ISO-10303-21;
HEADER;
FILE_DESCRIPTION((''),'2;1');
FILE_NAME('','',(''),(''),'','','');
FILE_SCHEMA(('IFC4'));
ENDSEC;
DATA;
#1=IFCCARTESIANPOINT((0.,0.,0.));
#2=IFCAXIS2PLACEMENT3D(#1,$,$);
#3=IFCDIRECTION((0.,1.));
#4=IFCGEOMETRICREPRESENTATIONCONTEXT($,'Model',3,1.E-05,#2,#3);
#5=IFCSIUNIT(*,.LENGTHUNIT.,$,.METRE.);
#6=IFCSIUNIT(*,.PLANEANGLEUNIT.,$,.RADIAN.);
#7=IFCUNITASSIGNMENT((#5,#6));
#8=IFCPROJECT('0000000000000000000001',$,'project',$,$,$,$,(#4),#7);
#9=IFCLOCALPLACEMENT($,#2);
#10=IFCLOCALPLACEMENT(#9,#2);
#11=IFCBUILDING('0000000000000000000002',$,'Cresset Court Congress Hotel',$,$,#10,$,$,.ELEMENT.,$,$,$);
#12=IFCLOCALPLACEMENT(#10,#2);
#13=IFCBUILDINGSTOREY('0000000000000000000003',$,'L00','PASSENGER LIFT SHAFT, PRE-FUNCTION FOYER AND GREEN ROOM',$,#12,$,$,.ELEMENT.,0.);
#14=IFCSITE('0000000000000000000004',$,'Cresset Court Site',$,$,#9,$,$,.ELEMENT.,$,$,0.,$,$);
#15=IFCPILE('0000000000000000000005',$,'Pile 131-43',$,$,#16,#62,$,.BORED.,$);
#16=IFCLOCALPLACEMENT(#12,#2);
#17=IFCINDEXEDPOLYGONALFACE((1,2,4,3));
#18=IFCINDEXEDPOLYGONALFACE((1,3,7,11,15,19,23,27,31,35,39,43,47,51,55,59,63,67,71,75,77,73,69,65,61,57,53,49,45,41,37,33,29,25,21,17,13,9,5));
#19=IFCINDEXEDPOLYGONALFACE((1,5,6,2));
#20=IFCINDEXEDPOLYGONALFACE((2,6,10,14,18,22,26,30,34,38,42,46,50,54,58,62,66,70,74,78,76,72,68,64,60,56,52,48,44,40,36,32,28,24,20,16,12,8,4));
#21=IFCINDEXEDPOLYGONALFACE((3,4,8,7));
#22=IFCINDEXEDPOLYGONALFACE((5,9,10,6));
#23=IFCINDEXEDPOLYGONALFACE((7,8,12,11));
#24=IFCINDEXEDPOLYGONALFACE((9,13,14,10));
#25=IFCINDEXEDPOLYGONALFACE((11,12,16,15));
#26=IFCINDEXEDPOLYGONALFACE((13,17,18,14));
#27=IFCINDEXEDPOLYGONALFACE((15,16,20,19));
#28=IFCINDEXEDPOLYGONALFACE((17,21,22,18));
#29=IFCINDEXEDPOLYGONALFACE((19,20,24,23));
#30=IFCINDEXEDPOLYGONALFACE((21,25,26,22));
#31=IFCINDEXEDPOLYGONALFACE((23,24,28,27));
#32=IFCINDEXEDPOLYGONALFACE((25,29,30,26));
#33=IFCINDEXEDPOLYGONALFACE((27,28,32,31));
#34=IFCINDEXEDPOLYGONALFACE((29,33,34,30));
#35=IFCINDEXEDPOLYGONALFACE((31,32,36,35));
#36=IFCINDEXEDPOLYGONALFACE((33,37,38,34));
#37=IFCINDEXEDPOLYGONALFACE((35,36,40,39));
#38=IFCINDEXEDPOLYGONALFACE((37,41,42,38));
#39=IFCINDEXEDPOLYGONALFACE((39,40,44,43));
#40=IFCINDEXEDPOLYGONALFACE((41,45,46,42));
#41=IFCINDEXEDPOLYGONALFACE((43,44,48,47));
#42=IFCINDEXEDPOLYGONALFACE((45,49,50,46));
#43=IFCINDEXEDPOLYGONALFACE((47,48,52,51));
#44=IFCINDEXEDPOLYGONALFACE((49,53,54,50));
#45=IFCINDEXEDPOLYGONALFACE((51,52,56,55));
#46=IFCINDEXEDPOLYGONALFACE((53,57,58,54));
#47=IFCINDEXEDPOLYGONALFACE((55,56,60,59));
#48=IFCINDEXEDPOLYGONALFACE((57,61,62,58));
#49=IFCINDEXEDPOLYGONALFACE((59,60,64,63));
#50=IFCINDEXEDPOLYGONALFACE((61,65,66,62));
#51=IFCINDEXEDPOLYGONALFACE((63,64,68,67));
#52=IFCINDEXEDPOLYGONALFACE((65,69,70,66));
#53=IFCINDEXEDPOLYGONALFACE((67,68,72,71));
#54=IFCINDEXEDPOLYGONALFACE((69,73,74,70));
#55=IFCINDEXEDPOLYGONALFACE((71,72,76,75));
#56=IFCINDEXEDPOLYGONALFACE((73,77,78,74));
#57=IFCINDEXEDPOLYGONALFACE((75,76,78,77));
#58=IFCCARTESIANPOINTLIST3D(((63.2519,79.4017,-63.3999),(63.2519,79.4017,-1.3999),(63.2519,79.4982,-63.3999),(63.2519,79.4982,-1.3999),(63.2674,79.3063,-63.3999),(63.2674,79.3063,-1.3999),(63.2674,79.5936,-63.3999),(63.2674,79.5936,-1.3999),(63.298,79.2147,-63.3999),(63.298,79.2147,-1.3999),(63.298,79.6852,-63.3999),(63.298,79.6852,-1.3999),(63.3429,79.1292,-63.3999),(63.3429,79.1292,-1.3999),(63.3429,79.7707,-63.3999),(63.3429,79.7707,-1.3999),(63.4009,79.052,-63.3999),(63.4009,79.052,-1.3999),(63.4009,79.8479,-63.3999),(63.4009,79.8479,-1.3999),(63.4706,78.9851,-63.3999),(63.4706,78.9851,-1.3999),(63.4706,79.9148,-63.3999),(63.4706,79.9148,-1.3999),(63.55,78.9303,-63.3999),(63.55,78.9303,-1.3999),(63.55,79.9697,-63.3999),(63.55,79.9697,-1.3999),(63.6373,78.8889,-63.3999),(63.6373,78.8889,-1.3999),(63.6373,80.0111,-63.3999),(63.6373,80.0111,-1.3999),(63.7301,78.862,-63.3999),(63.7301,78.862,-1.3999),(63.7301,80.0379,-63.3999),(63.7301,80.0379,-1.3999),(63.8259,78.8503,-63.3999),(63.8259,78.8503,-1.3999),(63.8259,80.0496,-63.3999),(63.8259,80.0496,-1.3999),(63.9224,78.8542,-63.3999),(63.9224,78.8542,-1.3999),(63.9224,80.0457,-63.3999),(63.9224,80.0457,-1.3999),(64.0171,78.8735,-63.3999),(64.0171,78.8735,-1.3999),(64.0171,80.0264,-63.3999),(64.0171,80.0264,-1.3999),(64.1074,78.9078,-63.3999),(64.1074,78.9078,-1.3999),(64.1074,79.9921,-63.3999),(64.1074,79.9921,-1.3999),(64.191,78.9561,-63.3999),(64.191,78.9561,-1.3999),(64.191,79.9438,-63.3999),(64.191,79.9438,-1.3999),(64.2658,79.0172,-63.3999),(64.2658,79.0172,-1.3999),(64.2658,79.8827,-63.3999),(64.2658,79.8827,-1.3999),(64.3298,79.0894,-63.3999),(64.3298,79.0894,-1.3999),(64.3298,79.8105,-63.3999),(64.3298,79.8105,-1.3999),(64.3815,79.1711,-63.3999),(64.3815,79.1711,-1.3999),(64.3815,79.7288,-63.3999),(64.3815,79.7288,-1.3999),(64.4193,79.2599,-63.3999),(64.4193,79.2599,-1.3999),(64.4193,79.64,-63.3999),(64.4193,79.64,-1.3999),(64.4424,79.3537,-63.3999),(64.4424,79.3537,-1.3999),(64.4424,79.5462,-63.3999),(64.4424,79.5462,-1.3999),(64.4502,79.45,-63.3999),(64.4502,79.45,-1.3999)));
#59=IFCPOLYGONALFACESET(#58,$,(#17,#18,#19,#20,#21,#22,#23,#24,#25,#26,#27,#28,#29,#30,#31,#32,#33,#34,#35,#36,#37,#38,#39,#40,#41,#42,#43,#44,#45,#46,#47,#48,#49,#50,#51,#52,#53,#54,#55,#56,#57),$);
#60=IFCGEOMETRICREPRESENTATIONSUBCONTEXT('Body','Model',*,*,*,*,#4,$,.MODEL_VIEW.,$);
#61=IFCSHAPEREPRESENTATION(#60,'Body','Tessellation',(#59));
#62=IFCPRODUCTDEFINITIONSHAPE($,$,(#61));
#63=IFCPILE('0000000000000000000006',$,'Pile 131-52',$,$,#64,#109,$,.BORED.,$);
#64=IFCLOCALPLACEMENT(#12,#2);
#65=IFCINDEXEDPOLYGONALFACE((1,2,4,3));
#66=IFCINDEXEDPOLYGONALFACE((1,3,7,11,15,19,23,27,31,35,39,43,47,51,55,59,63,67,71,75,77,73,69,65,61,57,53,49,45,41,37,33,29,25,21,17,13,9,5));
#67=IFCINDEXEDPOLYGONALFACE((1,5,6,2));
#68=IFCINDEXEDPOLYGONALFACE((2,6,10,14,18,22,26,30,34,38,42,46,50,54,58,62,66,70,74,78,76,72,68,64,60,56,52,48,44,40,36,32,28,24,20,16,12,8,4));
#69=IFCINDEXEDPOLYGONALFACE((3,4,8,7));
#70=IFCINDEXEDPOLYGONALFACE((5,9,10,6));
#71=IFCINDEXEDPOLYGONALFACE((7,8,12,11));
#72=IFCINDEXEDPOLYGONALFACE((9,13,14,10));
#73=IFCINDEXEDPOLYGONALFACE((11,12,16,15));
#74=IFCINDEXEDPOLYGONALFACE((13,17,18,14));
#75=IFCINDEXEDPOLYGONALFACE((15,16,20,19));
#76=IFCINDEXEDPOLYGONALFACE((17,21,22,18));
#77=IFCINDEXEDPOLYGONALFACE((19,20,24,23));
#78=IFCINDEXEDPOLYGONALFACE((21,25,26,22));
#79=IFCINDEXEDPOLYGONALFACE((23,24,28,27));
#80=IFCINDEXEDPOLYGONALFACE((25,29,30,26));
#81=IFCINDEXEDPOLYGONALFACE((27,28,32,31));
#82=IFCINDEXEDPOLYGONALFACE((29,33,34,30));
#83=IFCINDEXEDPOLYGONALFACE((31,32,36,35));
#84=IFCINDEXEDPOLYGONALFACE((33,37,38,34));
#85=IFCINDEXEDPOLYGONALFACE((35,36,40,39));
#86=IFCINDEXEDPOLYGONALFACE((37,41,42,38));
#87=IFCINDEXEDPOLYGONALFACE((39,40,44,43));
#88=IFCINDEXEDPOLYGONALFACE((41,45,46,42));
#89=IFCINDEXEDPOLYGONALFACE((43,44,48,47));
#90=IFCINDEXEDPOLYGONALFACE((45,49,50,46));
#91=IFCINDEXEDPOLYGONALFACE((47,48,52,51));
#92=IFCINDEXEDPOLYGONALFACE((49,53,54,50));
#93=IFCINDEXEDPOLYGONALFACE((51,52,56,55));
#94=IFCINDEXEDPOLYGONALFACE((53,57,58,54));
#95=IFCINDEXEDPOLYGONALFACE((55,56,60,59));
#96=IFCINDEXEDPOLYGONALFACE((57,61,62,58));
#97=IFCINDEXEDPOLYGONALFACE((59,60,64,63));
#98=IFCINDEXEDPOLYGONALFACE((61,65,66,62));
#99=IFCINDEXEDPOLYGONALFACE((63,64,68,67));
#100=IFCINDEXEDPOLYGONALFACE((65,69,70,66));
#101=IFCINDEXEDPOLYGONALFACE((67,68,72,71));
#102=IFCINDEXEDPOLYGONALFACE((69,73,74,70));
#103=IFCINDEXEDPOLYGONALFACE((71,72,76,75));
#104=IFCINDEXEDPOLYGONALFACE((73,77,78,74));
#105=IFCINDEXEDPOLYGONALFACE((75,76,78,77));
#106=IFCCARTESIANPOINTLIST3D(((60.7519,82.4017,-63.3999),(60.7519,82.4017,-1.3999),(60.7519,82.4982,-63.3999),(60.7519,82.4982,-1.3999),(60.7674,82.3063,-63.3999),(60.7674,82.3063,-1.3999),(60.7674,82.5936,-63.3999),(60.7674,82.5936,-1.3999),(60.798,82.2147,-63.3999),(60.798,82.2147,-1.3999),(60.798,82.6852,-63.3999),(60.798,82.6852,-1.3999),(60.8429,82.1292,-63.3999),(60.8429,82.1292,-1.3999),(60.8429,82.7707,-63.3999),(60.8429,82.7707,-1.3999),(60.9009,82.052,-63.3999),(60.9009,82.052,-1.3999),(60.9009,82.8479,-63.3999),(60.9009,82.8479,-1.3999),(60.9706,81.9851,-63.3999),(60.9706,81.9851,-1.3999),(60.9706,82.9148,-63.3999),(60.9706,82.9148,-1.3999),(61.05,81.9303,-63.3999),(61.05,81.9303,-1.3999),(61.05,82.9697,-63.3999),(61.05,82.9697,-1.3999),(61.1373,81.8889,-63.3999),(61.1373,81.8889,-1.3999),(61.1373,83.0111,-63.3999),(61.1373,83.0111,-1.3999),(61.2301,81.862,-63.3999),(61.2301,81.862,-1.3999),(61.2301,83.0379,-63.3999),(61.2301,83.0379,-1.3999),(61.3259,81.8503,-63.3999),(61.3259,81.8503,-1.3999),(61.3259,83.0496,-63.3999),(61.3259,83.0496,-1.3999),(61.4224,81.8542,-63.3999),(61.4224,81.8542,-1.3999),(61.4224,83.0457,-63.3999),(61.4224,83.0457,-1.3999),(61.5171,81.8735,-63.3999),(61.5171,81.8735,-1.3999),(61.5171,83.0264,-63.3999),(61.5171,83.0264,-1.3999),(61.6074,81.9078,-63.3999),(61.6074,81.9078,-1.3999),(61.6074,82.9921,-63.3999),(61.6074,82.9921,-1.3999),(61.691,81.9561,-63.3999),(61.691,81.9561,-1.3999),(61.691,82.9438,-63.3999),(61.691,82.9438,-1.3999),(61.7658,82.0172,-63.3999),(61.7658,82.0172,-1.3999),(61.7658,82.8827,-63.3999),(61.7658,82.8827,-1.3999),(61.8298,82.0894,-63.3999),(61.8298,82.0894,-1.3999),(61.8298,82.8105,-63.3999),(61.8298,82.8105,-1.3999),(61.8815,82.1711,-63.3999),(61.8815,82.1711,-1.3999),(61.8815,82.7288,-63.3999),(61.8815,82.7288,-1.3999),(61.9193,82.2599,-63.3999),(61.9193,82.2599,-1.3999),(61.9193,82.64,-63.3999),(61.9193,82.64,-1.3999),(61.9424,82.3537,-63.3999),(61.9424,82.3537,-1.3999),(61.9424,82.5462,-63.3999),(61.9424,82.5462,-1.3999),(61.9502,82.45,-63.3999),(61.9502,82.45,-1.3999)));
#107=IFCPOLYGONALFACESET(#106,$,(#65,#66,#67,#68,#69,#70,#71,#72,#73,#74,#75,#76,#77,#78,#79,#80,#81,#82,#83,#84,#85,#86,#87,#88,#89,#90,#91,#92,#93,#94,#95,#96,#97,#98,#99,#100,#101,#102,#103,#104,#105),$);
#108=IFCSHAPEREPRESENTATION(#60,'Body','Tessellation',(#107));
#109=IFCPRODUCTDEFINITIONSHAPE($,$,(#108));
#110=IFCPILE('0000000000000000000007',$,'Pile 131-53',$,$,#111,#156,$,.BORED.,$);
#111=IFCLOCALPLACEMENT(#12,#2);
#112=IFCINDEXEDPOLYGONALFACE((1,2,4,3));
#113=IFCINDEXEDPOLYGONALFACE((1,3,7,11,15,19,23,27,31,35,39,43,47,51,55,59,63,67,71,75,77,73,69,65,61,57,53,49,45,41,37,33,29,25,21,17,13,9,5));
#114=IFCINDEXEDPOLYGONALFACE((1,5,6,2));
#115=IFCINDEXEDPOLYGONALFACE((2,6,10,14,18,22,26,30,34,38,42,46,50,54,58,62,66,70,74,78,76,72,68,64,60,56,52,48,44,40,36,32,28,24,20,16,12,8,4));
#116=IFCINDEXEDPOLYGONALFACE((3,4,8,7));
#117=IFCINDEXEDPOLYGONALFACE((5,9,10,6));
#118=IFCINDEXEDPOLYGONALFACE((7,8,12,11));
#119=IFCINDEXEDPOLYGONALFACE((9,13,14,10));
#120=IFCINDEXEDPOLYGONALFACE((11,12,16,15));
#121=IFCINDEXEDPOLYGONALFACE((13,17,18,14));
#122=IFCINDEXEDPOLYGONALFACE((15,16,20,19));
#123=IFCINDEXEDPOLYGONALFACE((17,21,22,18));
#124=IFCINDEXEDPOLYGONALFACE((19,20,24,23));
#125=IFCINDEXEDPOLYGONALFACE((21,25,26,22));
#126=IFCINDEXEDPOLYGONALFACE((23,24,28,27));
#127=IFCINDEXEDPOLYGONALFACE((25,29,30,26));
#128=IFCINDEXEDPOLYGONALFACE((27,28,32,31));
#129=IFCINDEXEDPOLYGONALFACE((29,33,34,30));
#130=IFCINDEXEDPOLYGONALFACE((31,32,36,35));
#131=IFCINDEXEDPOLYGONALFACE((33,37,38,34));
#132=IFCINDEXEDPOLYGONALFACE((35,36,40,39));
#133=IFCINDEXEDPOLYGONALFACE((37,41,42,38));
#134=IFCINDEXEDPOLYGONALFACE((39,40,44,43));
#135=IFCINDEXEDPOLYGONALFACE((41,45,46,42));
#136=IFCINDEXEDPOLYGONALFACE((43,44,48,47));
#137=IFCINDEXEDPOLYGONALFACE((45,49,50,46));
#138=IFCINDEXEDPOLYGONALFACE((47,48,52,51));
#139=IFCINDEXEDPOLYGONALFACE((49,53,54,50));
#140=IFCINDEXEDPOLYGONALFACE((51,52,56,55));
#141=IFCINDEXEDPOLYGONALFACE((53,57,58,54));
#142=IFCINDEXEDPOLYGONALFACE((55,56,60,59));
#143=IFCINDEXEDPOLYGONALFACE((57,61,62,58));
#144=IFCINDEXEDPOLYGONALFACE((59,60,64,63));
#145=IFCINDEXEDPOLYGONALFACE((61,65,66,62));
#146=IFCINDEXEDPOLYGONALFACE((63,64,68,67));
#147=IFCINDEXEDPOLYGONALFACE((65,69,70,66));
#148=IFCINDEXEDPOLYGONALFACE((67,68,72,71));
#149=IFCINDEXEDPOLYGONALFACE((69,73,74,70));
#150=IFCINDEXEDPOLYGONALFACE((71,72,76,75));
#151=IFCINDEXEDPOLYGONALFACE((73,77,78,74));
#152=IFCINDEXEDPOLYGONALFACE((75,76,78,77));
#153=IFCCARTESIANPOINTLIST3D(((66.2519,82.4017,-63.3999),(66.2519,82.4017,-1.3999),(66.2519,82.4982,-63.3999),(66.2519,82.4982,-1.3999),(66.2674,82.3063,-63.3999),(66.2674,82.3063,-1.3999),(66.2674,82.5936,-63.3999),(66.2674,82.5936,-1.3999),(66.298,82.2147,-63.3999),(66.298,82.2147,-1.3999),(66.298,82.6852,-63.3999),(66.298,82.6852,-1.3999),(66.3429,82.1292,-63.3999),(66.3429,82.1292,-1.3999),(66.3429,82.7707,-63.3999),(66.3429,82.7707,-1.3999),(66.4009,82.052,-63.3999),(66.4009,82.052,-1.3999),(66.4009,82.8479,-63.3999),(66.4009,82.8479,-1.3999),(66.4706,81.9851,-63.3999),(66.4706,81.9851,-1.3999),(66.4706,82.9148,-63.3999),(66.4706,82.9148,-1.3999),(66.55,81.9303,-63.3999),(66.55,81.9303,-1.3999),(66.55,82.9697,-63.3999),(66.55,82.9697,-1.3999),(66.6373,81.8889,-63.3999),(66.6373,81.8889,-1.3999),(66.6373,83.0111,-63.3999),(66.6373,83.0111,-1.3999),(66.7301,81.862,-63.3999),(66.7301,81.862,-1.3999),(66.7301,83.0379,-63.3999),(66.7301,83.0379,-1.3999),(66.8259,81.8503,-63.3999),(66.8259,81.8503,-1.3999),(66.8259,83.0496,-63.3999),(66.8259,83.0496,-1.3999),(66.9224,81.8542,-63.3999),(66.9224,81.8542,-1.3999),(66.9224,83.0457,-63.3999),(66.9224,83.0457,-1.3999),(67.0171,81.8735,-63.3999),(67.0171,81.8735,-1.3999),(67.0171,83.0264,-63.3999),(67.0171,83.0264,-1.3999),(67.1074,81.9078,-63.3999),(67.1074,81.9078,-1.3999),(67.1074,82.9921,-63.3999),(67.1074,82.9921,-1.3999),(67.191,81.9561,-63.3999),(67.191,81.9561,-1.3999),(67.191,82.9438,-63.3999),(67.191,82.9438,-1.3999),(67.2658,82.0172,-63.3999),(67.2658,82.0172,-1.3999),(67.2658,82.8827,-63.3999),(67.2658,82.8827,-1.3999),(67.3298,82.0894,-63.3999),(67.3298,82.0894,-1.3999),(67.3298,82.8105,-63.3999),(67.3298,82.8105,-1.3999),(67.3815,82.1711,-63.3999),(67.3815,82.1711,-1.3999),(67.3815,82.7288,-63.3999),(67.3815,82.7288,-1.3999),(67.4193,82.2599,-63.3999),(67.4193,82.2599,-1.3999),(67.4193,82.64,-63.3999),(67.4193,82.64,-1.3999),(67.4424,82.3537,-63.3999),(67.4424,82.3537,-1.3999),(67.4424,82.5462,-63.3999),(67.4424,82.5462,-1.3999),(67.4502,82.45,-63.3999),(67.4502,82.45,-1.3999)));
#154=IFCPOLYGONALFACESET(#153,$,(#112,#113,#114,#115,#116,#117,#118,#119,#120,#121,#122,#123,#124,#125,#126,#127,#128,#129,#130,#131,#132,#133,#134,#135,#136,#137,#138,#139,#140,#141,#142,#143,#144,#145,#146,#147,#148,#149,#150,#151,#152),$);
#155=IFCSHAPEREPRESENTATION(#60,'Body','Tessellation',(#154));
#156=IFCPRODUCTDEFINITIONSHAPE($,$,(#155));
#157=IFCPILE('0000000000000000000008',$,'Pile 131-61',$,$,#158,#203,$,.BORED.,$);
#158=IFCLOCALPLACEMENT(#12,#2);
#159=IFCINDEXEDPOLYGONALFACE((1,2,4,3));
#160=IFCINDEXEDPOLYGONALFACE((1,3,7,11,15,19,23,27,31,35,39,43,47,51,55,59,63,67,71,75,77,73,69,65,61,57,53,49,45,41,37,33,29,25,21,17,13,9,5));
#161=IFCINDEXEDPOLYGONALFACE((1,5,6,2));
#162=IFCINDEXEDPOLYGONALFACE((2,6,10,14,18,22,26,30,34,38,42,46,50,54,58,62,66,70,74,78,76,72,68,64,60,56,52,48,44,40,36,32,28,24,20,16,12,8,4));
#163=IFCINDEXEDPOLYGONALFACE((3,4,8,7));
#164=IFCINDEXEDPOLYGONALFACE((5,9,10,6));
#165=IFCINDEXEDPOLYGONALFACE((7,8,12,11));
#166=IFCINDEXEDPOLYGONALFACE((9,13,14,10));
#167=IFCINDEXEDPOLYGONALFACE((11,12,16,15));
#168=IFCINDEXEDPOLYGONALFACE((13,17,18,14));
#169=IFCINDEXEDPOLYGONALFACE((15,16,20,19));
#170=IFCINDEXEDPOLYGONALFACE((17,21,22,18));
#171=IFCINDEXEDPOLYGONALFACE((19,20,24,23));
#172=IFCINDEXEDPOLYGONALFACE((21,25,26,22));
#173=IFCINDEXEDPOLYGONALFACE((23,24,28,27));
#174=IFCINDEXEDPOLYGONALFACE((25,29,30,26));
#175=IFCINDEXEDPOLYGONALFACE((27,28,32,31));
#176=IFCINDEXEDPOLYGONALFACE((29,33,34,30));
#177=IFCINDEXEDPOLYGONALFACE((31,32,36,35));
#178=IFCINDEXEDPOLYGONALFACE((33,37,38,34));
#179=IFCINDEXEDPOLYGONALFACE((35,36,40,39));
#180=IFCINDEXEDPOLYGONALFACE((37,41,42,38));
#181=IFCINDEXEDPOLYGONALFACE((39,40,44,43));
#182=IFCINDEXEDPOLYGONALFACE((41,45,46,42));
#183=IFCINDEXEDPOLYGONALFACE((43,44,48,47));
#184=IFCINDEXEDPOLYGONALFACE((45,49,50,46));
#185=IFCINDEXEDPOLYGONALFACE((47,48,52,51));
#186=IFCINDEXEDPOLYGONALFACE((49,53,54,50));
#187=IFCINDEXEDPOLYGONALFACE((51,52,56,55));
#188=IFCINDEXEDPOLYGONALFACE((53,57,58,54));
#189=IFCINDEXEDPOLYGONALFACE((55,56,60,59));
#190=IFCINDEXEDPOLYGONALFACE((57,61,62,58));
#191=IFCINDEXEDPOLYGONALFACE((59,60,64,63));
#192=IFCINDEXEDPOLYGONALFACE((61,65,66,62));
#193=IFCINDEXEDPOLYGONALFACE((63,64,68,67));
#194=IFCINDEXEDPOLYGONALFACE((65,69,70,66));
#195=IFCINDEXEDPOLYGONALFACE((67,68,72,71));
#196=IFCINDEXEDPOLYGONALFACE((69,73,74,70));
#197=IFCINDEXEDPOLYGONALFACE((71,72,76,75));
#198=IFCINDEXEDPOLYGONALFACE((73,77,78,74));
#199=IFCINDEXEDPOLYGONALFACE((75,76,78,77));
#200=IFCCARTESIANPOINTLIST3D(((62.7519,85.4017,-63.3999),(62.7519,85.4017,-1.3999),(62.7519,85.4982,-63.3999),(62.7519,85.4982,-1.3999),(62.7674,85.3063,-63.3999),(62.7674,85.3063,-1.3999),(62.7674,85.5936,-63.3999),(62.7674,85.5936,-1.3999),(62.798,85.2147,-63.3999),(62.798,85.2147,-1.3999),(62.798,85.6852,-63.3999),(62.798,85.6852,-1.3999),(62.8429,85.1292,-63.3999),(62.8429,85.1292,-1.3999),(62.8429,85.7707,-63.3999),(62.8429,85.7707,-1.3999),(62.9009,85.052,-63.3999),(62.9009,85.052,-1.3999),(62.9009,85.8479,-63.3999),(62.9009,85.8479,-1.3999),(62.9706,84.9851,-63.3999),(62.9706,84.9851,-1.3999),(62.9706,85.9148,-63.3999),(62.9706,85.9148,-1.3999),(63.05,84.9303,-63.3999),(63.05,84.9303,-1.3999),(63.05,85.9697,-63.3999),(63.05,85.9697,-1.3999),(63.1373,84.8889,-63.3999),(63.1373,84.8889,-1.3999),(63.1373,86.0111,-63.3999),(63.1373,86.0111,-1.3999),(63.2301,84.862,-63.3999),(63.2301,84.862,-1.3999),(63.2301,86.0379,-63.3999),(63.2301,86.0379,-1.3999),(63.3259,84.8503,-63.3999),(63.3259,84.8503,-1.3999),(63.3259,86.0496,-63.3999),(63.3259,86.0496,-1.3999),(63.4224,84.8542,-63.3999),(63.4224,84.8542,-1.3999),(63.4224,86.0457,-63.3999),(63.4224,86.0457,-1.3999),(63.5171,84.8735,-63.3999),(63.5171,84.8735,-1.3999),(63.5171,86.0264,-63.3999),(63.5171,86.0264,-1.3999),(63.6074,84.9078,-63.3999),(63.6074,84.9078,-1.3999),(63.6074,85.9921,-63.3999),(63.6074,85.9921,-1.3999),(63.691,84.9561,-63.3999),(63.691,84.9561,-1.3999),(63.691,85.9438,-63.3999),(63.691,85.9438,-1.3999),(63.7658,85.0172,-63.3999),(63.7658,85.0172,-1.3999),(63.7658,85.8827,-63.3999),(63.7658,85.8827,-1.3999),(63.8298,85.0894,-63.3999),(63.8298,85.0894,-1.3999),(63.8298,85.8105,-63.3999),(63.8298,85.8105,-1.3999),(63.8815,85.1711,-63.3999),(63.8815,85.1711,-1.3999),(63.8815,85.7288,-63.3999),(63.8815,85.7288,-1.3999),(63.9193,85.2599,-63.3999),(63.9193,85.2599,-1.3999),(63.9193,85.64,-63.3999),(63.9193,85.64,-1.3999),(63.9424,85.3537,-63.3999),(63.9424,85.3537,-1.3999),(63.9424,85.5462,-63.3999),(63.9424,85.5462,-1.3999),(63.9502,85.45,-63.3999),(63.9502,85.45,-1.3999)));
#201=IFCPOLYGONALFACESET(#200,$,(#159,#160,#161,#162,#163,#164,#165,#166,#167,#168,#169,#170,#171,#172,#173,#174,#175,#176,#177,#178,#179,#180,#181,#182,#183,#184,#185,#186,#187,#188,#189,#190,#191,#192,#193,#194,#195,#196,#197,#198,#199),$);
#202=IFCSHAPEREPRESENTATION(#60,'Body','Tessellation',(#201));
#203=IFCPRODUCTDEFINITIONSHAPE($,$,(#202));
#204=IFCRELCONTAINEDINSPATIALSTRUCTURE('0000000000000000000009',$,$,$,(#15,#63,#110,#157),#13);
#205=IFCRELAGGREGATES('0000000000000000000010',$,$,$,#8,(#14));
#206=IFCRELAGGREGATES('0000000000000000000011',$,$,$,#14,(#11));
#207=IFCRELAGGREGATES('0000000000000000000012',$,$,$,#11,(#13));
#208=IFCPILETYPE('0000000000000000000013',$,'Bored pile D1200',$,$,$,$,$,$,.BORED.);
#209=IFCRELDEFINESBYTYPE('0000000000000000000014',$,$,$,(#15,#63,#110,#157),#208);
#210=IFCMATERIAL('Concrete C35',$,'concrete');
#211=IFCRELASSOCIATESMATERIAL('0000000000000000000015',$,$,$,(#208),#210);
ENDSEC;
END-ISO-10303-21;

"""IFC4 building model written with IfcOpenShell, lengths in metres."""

from ifc_helpers import new_model, si_unit, direction, frame, origin, origin_2d, place, context, subcontext, project, spatial, circle, extrude, material, type_object, element, save


model = new_model("IFC4")

# Units and contexts
model_context = context("Model", 3, precision=1e-05, world=origin(), true_north=direction((0.0, 1.0)))
body_context = subcontext(model_context, "Body", "Model", "MODEL_VIEW")
ifc_project = project(units=[si_unit("LENGTHUNIT", "METRE"), si_unit("PLANEANGLEUNIT", "RADIAN")], contexts=[model_context])

# Site, building, storey
site_placement = place(None, origin())
site = spatial("IfcSite", under=ifc_project, at=site_placement, Name="Cresset Court Site", CompositionType="ELEMENT", RefElevation=0.0)
building_placement = place(site_placement, origin())
building = spatial("IfcBuilding", under=site, at=building_placement, Name="Cresset Court Congress Hotel", CompositionType="ELEMENT")
storey_placement = place(building_placement, origin())
storey = spatial("IfcBuildingStorey", under=building, at=storey_placement, Name="L00", Description="PASSENGER LIFT SHAFT, PRE-FUNCTION FOYER AND GREEN ROOM", CompositionType="ELEMENT", Elevation=0.0)

# Piles
ifc_material_1 = material(Name="Concrete C35", Category="concrete")
pile_type = type_object("IfcPileType", Name="Bored pile D1200", PredefinedType="BORED", material=ifc_material_1)
for number, where, z_axis, x_axis, name in (
    (1, (63.8501, 79.45, -1.3999), (0.0, 0.0, -1.0), (1.0, 0.0, 0.0), "Pile 131-43"),
    (2, (61.3501, 82.45, -1.3999), (0.0, 0.0, -1.0), (1.0, 0.0, 0.0), "Pile 131-52"),
    (3, (66.8501, 82.45, -1.3999), (0.0, 0.0, -1.0), (1.0, 0.0, 0.0), "Pile 131-53"),
    (4, (63.3501, 85.45, -1.3999), (0.0, 0.0, -1.0), (1.0, 0.0, 0.0), "Pile 131-61"),
):
    element("IfcPile", number, at=place(storey_placement, frame(where, z_axis=z_axis, x_axis=x_axis)), inside=storey, type_object=pile_type, Name=name, PredefinedType="BORED", context=body_context, shape_type="SweptSolid", body=[
        extrude(circle(Radius=0.6001, at=origin_2d()), origin(), (0.0, 0.0, 1.0), 62.0),
    ])

save(model, "model.ifc")
